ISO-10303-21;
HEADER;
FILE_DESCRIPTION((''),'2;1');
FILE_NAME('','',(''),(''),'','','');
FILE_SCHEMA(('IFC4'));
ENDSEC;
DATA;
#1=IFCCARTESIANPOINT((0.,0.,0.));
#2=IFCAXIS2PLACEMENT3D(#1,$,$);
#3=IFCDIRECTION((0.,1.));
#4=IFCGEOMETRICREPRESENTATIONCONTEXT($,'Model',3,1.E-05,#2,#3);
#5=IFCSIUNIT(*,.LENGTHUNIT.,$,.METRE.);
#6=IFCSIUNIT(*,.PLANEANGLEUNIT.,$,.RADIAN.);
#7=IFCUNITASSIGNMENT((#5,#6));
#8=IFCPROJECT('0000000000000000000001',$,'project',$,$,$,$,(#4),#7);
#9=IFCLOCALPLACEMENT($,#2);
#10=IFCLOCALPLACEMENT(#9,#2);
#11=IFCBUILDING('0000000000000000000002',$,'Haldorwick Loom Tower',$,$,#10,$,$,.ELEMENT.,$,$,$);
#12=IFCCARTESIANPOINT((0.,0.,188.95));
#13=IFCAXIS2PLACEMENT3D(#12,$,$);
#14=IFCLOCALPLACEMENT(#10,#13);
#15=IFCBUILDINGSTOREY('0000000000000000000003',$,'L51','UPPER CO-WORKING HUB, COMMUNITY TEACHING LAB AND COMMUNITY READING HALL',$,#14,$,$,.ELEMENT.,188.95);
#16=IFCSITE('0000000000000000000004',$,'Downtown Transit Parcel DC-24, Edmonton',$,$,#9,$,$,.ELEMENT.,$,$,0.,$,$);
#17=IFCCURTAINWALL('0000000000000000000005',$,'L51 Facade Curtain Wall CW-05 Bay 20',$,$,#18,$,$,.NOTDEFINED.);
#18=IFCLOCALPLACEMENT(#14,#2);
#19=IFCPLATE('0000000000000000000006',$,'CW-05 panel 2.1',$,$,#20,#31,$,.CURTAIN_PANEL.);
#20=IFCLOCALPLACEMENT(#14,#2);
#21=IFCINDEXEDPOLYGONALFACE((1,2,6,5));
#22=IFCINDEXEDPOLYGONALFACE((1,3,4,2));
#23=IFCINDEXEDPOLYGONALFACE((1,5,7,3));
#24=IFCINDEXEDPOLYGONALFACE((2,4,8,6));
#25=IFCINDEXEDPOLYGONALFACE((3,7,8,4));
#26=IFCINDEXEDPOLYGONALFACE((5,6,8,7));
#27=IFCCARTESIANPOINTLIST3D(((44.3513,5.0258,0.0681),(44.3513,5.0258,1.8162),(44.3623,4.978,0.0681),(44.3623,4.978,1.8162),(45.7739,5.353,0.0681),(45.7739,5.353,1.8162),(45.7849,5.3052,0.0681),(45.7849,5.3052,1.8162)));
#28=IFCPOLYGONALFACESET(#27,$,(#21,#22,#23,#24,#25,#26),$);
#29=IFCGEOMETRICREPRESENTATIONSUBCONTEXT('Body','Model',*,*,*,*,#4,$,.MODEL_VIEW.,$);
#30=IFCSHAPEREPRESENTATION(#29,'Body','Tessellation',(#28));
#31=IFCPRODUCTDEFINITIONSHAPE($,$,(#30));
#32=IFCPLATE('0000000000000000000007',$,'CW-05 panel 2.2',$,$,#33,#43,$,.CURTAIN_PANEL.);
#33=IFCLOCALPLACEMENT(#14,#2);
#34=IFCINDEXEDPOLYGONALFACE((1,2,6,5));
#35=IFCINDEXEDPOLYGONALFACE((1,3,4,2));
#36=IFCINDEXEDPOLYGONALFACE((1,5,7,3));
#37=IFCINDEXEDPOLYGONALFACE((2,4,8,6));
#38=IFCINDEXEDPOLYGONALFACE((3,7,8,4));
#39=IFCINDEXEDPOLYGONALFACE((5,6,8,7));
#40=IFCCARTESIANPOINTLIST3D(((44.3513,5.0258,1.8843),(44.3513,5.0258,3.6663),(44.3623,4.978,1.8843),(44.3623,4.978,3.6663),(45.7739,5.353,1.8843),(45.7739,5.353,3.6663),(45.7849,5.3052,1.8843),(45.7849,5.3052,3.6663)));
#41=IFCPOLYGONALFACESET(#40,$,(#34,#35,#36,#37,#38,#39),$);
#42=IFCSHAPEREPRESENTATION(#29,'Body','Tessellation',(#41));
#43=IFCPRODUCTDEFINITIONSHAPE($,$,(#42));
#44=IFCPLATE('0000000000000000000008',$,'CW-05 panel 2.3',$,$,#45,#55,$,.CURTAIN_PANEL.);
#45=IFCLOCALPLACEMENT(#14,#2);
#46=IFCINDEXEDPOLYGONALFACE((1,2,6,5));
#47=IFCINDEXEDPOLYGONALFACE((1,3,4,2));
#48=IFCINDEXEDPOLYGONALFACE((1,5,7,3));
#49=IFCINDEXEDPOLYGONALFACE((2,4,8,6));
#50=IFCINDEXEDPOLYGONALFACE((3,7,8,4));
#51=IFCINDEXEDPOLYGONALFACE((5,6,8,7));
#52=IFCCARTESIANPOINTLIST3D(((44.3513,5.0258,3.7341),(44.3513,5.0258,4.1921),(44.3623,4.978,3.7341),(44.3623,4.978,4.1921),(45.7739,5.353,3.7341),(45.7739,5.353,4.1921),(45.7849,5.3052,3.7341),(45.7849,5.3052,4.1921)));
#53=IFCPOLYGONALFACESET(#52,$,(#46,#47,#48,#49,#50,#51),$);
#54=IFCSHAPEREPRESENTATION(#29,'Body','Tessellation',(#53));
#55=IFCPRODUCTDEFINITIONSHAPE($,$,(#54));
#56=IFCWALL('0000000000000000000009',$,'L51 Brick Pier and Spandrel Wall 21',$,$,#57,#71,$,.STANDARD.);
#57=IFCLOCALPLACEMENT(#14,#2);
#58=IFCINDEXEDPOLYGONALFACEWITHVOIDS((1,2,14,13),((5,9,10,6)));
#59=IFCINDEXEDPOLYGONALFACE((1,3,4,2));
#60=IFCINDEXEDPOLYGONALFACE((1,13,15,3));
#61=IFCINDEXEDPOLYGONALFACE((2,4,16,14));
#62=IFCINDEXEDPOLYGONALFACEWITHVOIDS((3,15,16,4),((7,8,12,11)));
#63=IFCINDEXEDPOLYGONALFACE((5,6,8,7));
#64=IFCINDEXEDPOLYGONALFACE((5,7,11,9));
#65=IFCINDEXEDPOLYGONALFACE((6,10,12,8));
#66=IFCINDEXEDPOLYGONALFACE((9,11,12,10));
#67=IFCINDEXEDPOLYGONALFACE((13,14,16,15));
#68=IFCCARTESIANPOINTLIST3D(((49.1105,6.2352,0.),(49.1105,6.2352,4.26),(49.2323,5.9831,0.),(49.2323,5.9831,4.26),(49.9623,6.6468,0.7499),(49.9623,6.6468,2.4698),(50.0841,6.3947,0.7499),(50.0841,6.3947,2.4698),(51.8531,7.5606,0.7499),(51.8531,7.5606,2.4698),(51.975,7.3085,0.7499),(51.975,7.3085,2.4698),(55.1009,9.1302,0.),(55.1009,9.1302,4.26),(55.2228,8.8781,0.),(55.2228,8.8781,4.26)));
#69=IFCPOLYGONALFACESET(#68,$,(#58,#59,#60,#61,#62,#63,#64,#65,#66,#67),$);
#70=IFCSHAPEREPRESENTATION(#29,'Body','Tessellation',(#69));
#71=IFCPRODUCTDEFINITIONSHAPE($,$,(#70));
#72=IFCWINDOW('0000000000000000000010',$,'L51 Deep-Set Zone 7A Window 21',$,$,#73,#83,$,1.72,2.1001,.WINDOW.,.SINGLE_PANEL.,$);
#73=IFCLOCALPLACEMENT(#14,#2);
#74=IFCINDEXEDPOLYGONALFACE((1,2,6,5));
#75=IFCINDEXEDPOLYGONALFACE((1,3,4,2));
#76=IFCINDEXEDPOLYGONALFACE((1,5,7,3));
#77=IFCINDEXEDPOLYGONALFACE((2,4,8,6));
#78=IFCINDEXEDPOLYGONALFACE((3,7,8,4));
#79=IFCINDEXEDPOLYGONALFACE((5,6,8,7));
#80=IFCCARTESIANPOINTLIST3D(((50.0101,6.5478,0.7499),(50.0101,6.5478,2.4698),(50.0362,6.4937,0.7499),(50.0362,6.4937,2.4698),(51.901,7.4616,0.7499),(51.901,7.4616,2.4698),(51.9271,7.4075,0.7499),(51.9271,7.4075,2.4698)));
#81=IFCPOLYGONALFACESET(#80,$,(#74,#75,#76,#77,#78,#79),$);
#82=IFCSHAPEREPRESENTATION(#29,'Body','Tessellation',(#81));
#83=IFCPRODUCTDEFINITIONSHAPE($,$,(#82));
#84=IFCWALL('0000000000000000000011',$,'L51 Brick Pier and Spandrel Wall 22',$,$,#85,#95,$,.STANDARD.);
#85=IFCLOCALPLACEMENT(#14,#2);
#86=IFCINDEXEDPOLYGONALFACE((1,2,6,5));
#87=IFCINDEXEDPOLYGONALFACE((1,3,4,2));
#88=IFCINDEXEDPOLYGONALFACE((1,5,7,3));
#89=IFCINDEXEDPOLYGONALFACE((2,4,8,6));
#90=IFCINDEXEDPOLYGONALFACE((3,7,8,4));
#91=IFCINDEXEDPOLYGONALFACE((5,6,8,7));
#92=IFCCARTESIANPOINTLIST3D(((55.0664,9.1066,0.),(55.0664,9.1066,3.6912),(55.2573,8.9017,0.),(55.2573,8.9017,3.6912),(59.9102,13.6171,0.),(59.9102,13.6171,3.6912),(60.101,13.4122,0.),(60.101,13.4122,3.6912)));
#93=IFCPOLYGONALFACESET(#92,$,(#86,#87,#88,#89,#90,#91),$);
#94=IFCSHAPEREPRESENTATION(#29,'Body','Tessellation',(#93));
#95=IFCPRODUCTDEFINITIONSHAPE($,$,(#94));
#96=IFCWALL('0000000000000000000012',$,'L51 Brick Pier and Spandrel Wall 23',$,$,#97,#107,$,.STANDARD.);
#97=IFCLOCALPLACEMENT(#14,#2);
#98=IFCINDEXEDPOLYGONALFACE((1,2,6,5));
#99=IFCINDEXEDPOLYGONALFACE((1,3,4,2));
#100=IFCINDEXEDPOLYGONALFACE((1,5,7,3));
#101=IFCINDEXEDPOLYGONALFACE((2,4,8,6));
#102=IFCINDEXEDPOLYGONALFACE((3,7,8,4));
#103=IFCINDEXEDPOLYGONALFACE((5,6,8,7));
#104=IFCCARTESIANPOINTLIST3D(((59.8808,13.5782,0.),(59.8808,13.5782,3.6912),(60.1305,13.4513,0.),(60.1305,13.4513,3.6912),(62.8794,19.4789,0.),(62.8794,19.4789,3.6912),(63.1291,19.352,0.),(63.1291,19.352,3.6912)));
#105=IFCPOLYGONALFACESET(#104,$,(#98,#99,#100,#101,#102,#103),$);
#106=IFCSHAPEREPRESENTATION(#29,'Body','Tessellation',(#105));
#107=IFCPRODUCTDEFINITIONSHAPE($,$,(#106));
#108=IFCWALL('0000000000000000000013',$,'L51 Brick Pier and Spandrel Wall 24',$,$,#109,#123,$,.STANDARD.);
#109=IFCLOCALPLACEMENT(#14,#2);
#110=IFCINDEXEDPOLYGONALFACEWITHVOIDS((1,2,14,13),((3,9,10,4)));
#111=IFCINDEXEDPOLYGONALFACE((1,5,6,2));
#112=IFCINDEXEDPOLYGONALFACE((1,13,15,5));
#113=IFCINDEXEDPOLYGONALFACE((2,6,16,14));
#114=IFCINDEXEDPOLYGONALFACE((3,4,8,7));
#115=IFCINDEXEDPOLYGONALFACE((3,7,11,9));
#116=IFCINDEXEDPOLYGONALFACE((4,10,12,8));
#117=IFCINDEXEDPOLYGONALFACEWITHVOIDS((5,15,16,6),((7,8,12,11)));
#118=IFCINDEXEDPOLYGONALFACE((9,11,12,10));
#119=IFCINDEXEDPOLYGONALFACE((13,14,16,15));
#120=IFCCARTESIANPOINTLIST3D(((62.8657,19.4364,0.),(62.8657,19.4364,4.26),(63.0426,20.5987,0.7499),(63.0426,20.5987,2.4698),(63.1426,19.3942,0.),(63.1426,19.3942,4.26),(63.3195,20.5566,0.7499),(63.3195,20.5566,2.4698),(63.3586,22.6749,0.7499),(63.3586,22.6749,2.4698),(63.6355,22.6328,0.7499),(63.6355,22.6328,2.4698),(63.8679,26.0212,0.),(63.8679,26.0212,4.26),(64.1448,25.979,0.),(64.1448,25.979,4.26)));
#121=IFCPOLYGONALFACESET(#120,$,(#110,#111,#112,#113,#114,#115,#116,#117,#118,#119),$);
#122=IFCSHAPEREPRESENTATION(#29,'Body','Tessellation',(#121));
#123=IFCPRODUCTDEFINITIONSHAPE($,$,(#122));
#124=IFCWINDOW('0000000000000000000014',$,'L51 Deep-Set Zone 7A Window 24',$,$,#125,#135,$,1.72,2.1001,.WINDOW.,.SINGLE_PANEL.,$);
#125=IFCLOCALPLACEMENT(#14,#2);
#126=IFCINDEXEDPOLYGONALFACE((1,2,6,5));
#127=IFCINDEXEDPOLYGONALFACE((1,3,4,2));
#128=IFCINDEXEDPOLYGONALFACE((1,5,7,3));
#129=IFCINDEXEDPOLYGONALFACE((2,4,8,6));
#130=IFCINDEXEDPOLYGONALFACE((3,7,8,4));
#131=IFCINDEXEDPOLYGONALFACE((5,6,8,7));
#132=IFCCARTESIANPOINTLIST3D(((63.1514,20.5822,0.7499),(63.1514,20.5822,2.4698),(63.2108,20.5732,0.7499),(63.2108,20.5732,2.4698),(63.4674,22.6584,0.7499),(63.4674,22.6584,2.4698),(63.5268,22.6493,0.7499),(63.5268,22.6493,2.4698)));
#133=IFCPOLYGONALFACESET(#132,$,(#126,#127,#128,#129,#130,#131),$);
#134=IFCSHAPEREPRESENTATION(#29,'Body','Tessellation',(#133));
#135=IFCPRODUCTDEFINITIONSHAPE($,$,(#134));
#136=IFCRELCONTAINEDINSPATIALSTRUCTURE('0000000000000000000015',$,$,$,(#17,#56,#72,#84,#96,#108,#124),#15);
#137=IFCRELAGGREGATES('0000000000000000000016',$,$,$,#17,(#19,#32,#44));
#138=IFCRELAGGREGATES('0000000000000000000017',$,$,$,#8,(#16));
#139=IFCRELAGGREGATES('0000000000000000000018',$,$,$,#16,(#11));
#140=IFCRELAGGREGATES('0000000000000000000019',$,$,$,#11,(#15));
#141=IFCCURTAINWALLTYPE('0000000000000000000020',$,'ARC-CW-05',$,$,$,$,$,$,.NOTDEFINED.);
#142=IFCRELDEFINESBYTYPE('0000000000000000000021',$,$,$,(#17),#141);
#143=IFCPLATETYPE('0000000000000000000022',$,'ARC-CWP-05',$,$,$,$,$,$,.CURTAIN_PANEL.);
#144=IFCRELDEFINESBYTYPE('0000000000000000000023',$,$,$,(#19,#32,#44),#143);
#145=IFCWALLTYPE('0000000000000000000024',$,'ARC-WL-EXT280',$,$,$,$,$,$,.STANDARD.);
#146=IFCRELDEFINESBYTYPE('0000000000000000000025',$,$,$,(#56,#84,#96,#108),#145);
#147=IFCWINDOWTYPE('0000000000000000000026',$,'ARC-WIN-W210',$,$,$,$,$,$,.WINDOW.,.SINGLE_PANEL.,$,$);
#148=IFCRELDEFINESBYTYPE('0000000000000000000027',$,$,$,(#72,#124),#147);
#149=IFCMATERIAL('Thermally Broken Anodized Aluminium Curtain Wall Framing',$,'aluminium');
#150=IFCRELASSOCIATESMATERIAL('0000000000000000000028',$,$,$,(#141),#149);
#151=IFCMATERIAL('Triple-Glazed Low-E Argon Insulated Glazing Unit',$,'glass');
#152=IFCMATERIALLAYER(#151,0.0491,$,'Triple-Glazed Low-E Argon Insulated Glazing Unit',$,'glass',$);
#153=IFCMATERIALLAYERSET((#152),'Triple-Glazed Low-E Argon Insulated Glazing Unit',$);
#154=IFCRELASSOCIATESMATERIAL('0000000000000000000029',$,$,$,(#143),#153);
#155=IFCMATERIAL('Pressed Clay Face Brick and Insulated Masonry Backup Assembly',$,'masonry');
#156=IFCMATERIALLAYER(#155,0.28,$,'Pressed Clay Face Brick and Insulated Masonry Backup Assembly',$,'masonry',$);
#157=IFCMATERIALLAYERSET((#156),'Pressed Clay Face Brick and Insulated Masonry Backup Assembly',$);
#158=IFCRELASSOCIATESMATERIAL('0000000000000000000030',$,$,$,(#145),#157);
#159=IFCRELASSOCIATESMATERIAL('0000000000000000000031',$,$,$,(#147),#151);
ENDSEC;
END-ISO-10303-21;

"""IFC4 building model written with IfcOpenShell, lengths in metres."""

from ifc_helpers import new_model, si_unit, direction, frame, frame_2d, origin, origin_2d, place, context, subcontext, project, spatial, rectangle, extrude, material, layer, layer_set, type_object, element, fill, aggregate, save


model = new_model("IFC4")

# Units and contexts
model_context = context("Model", 3, precision=1e-05, world=origin(), true_north=direction((0.0, 1.0)))
body_context = subcontext(model_context, "Body", "Model", "MODEL_VIEW")
ifc_project = project(units=[si_unit("LENGTHUNIT", "METRE"), si_unit("PLANEANGLEUNIT", "RADIAN")], contexts=[model_context])

# Site, building, storey
site_placement = place(None, origin())
site = spatial("IfcSite", under=ifc_project, at=site_placement, Name="Downtown Transit Parcel DC-24, Edmonton", CompositionType="ELEMENT", RefElevation=0.0)
building_placement = place(site_placement, origin())
building = spatial("IfcBuilding", under=site, at=building_placement, Name="Haldorwick Loom Tower", CompositionType="ELEMENT")
storey_placement = place(building_placement, frame((0.0, 0.0, 188.95)))
storey = spatial("IfcBuildingStorey", under=building, at=storey_placement, Name="L51", Description="UPPER CO-WORKING HUB, COMMUNITY TEACHING LAB AND COMMUNITY READING HALL", CompositionType="ELEMENT", Elevation=188.95)

# Curtain wall
ifc_material_1 = material(Name="Thermally Broken Anodized Aluminium Curtain Wall Framing", Category="aluminium")
curtain_wall_type = type_object("IfcCurtainWallType", Name="ARC-CW-05", PredefinedType="NOTDEFINED", material=ifc_material_1)
curtain_wall_placement = place(storey_placement, origin())
curtain_wall = element("IfcCurtainWall", 1, at=curtain_wall_placement, inside=storey, type_object=curtain_wall_type, Name="L51 Facade Curtain Wall CW-05 Bay 20", PredefinedType="NOTDEFINED")

# Plates
ifc_material_2 = material(Name="Triple-Glazed Low-E Argon Insulated Glazing Unit", Category="glass")
ifc_layer_1 = layer(ifc_material_2, 0.0491, Name="Triple-Glazed Low-E Argon Insulated Glazing Unit", Category="glass")
ifc_layer_set_1 = layer_set([ifc_layer_1], Name="Triple-Glazed Low-E Argon Insulated Glazing Unit")
plate_type = type_object("IfcPlateType", Name="ARC-CWP-05", PredefinedType="CURTAIN_PANEL", material=ifc_layer_set_1)
plate_1_placement = place(storey_placement, frame((45.0681, 5.1655, 0.0681), z_axis=(0.0, 0.0, 1.0), x_axis=(0.974557, 0.224142, 0.0)))
plate_1 = element("IfcPlate", 2, at=plate_1_placement, type_object=plate_type, Name="CW-05 panel 2.1", PredefinedType="CURTAIN_PANEL", context=body_context, shape_type="SweptSolid", body=[
    extrude(rectangle(XDim=1.4597, YDim=0.0491, at=origin_2d()), origin(), (0.0, 0.0, 1.0), 1.748),
])
plate_2_placement = place(storey_placement, frame((45.0681, 5.1655, 1.8843), z_axis=(0.0, 0.0, 1.0), x_axis=(0.974557, 0.224142, 0.0)))
plate_2 = element("IfcPlate", 3, at=plate_2_placement, type_object=plate_type, Name="CW-05 panel 2.2", PredefinedType="CURTAIN_PANEL", context=body_context, shape_type="SweptSolid", body=[
    extrude(rectangle(XDim=1.4597, YDim=0.0491, at=origin_2d()), origin(), (0.0, 0.0, 1.0), 1.782),
])
plate_3_placement = place(storey_placement, frame((45.0681, 5.1655, 3.7341), z_axis=(0.0, 0.0, 1.0), x_axis=(0.974557, 0.224142, 0.0)))
plate_3 = element("IfcPlate", 4, at=plate_3_placement, type_object=plate_type, Name="CW-05 panel 2.3", PredefinedType="CURTAIN_PANEL", context=body_context, shape_type="SweptSolid", body=[
    extrude(rectangle(XDim=1.4597, YDim=0.0491, at=origin_2d()), origin(), (0.0, 0.0, 1.0), 0.458),
])
aggregate(curtain_wall, [plate_1, plate_2, plate_3])

# Wall, opening, window
ifc_material_3 = material(Name="Pressed Clay Face Brick and Insulated Masonry Backup Assembly", Category="masonry")
ifc_layer_2 = layer(ifc_material_3, 0.28, Name="Pressed Clay Face Brick and Insulated Masonry Backup Assembly", Category="masonry")
ifc_layer_set_2 = layer_set([ifc_layer_2], Name="Pressed Clay Face Brick and Insulated Masonry Backup Assembly")
wall_type_1 = type_object("IfcWallType", Name="ARC-WL-EXT280", PredefinedType="STANDARD", material=ifc_layer_set_2)
wall_1_placement = place(storey_placement, frame((49.1714, 6.1091, 0.0), z_axis=(0.0, 0.0, 1.0), x_axis=(0.900371, 0.435123, 0.0)))
wall_1 = element("IfcWall", 5, at=wall_1_placement, inside=storey, type_object=wall_type_1, Name="L51 Brick Pier and Spandrel Wall 21", PredefinedType="STANDARD", context=body_context, shape_type="SweptSolid", body=[
    extrude(rectangle(XDim=6.6533, YDim=0.28, at=frame_2d((3.3267, 0.0))), origin(), (0.0, 0.0, 1.0), 4.26),
])
opening_1_placement = place(wall_1_placement, frame((0.946, 0.0, 0.75)))
opening_1 = element("IfcOpeningElement", 6, at=opening_1_placement, cuts=wall_1, PredefinedType="OPENING", context=body_context, shape_type="SweptSolid", body=[
    extrude(rectangle(XDim=2.1001, YDim=1.72, at=frame_2d((1.05, 0.8599))), frame((0.0, 0.1499, 0.0), z_axis=(0.0, -1.0, 0.0), x_axis=(1.0, 0.0, 0.0)), (0.0, 0.0, 1.0), 0.3),
])
window_type = type_object("IfcWindowType", Name="ARC-WIN-W210", PartitioningType="SINGLE_PANEL", PredefinedType="WINDOW", material=ifc_material_2)
window_1_placement = place(opening_1_placement, origin())
window_1 = element("IfcWindow", 7, at=window_1_placement, inside=storey, type_object=window_type, Name="L51 Deep-Set Zone 7A Window 21", OverallHeight=1.72, OverallWidth=2.1001, PartitioningType="SINGLE_PANEL", PredefinedType="WINDOW", context=body_context, shape_type="SweptSolid", body=[
    extrude(rectangle(XDim=2.1001, YDim=1.72, at=frame_2d((1.05, 0.8599))), frame((0.0, 0.03, 0.0), z_axis=(0.0, -1.0, 0.0), x_axis=(1.0, 0.0, 0.0)), (0.0, 0.0, 1.0), 0.0601),
])
fill(opening_1, window_1)

# Walls
wall_2_placement = place(storey_placement, frame((55.1619, 9.0042, 0.0), z_axis=(0.0, 0.0, 1.0), x_axis=(0.731834, 0.681483, 0.0)))
element("IfcWall", 8, at=wall_2_placement, inside=storey, type_object=wall_type_1, Name="L51 Brick Pier and Spandrel Wall 22", PredefinedType="STANDARD", context=body_context, shape_type="SweptSolid", body=[
    extrude(rectangle(XDim=6.6187, YDim=0.28, at=frame_2d((3.3093, 0.0))), origin(), (0.0, 0.0, 1.0), 3.6912),
])
wall_3_placement = place(storey_placement, frame((60.0056, 13.5146, 0.0), z_axis=(0.0, 0.0, 1.0), x_axis=(0.453032, 0.891494, 0.0)))
element("IfcWall", 9, at=wall_3_placement, inside=storey, type_object=wall_type_1, Name="L51 Brick Pier and Spandrel Wall 23", PredefinedType="STANDARD", context=body_context, shape_type="SweptSolid", body=[
    extrude(rectangle(XDim=6.6189, YDim=0.28, at=frame_2d((3.3096, 0.0))), origin(), (0.0, 0.0, 1.0), 3.6912),
])

# Wall, opening, window
wall_4_placement = place(storey_placement, frame((63.0042, 19.4153, 0.0), z_axis=(0.0, 0.0, 1.0), x_axis=(0.150468, 0.988615, 0.0)))
wall_4 = element("IfcWall", 10, at=wall_4_placement, inside=storey, type_object=wall_type_1, Name="L51 Brick Pier and Spandrel Wall 24", PredefinedType="STANDARD", context=body_context, shape_type="SweptSolid", body=[
    extrude(rectangle(XDim=6.6606, YDim=0.28, at=frame_2d((3.3303, 0.0))), origin(), (0.0, 0.0, 1.0), 4.26),
])
opening_2_placement = place(wall_4_placement, frame((1.1758, 0.0, 0.75)))
opening_2 = element("IfcOpeningElement", 11, at=opening_2_placement, cuts=wall_4, PredefinedType="OPENING", context=body_context, shape_type="SweptSolid", body=[
    extrude(rectangle(XDim=2.1001, YDim=1.72, at=frame_2d((1.05, 0.8599))), frame((0.0, 0.1499, 0.0), z_axis=(0.0, -1.0, 0.0), x_axis=(1.0, 0.0, 0.0)), (0.0, 0.0, 1.0), 0.3),
])
window_2_placement = place(opening_2_placement, origin())
window_2 = element("IfcWindow", 12, at=window_2_placement, inside=storey, type_object=window_type, Name="L51 Deep-Set Zone 7A Window 24", OverallHeight=1.72, OverallWidth=2.1001, PartitioningType="SINGLE_PANEL", PredefinedType="WINDOW", context=body_context, shape_type="SweptSolid", body=[
    extrude(rectangle(XDim=2.1001, YDim=1.72, at=frame_2d((1.05, 0.8599))), frame((0.0, 0.03, 0.0), z_axis=(0.0, -1.0, 0.0), x_axis=(1.0, 0.0, 0.0)), (0.0, 0.0, 1.0), 0.0601),
])
fill(opening_2, window_2)

save(model, "model.ifc")
